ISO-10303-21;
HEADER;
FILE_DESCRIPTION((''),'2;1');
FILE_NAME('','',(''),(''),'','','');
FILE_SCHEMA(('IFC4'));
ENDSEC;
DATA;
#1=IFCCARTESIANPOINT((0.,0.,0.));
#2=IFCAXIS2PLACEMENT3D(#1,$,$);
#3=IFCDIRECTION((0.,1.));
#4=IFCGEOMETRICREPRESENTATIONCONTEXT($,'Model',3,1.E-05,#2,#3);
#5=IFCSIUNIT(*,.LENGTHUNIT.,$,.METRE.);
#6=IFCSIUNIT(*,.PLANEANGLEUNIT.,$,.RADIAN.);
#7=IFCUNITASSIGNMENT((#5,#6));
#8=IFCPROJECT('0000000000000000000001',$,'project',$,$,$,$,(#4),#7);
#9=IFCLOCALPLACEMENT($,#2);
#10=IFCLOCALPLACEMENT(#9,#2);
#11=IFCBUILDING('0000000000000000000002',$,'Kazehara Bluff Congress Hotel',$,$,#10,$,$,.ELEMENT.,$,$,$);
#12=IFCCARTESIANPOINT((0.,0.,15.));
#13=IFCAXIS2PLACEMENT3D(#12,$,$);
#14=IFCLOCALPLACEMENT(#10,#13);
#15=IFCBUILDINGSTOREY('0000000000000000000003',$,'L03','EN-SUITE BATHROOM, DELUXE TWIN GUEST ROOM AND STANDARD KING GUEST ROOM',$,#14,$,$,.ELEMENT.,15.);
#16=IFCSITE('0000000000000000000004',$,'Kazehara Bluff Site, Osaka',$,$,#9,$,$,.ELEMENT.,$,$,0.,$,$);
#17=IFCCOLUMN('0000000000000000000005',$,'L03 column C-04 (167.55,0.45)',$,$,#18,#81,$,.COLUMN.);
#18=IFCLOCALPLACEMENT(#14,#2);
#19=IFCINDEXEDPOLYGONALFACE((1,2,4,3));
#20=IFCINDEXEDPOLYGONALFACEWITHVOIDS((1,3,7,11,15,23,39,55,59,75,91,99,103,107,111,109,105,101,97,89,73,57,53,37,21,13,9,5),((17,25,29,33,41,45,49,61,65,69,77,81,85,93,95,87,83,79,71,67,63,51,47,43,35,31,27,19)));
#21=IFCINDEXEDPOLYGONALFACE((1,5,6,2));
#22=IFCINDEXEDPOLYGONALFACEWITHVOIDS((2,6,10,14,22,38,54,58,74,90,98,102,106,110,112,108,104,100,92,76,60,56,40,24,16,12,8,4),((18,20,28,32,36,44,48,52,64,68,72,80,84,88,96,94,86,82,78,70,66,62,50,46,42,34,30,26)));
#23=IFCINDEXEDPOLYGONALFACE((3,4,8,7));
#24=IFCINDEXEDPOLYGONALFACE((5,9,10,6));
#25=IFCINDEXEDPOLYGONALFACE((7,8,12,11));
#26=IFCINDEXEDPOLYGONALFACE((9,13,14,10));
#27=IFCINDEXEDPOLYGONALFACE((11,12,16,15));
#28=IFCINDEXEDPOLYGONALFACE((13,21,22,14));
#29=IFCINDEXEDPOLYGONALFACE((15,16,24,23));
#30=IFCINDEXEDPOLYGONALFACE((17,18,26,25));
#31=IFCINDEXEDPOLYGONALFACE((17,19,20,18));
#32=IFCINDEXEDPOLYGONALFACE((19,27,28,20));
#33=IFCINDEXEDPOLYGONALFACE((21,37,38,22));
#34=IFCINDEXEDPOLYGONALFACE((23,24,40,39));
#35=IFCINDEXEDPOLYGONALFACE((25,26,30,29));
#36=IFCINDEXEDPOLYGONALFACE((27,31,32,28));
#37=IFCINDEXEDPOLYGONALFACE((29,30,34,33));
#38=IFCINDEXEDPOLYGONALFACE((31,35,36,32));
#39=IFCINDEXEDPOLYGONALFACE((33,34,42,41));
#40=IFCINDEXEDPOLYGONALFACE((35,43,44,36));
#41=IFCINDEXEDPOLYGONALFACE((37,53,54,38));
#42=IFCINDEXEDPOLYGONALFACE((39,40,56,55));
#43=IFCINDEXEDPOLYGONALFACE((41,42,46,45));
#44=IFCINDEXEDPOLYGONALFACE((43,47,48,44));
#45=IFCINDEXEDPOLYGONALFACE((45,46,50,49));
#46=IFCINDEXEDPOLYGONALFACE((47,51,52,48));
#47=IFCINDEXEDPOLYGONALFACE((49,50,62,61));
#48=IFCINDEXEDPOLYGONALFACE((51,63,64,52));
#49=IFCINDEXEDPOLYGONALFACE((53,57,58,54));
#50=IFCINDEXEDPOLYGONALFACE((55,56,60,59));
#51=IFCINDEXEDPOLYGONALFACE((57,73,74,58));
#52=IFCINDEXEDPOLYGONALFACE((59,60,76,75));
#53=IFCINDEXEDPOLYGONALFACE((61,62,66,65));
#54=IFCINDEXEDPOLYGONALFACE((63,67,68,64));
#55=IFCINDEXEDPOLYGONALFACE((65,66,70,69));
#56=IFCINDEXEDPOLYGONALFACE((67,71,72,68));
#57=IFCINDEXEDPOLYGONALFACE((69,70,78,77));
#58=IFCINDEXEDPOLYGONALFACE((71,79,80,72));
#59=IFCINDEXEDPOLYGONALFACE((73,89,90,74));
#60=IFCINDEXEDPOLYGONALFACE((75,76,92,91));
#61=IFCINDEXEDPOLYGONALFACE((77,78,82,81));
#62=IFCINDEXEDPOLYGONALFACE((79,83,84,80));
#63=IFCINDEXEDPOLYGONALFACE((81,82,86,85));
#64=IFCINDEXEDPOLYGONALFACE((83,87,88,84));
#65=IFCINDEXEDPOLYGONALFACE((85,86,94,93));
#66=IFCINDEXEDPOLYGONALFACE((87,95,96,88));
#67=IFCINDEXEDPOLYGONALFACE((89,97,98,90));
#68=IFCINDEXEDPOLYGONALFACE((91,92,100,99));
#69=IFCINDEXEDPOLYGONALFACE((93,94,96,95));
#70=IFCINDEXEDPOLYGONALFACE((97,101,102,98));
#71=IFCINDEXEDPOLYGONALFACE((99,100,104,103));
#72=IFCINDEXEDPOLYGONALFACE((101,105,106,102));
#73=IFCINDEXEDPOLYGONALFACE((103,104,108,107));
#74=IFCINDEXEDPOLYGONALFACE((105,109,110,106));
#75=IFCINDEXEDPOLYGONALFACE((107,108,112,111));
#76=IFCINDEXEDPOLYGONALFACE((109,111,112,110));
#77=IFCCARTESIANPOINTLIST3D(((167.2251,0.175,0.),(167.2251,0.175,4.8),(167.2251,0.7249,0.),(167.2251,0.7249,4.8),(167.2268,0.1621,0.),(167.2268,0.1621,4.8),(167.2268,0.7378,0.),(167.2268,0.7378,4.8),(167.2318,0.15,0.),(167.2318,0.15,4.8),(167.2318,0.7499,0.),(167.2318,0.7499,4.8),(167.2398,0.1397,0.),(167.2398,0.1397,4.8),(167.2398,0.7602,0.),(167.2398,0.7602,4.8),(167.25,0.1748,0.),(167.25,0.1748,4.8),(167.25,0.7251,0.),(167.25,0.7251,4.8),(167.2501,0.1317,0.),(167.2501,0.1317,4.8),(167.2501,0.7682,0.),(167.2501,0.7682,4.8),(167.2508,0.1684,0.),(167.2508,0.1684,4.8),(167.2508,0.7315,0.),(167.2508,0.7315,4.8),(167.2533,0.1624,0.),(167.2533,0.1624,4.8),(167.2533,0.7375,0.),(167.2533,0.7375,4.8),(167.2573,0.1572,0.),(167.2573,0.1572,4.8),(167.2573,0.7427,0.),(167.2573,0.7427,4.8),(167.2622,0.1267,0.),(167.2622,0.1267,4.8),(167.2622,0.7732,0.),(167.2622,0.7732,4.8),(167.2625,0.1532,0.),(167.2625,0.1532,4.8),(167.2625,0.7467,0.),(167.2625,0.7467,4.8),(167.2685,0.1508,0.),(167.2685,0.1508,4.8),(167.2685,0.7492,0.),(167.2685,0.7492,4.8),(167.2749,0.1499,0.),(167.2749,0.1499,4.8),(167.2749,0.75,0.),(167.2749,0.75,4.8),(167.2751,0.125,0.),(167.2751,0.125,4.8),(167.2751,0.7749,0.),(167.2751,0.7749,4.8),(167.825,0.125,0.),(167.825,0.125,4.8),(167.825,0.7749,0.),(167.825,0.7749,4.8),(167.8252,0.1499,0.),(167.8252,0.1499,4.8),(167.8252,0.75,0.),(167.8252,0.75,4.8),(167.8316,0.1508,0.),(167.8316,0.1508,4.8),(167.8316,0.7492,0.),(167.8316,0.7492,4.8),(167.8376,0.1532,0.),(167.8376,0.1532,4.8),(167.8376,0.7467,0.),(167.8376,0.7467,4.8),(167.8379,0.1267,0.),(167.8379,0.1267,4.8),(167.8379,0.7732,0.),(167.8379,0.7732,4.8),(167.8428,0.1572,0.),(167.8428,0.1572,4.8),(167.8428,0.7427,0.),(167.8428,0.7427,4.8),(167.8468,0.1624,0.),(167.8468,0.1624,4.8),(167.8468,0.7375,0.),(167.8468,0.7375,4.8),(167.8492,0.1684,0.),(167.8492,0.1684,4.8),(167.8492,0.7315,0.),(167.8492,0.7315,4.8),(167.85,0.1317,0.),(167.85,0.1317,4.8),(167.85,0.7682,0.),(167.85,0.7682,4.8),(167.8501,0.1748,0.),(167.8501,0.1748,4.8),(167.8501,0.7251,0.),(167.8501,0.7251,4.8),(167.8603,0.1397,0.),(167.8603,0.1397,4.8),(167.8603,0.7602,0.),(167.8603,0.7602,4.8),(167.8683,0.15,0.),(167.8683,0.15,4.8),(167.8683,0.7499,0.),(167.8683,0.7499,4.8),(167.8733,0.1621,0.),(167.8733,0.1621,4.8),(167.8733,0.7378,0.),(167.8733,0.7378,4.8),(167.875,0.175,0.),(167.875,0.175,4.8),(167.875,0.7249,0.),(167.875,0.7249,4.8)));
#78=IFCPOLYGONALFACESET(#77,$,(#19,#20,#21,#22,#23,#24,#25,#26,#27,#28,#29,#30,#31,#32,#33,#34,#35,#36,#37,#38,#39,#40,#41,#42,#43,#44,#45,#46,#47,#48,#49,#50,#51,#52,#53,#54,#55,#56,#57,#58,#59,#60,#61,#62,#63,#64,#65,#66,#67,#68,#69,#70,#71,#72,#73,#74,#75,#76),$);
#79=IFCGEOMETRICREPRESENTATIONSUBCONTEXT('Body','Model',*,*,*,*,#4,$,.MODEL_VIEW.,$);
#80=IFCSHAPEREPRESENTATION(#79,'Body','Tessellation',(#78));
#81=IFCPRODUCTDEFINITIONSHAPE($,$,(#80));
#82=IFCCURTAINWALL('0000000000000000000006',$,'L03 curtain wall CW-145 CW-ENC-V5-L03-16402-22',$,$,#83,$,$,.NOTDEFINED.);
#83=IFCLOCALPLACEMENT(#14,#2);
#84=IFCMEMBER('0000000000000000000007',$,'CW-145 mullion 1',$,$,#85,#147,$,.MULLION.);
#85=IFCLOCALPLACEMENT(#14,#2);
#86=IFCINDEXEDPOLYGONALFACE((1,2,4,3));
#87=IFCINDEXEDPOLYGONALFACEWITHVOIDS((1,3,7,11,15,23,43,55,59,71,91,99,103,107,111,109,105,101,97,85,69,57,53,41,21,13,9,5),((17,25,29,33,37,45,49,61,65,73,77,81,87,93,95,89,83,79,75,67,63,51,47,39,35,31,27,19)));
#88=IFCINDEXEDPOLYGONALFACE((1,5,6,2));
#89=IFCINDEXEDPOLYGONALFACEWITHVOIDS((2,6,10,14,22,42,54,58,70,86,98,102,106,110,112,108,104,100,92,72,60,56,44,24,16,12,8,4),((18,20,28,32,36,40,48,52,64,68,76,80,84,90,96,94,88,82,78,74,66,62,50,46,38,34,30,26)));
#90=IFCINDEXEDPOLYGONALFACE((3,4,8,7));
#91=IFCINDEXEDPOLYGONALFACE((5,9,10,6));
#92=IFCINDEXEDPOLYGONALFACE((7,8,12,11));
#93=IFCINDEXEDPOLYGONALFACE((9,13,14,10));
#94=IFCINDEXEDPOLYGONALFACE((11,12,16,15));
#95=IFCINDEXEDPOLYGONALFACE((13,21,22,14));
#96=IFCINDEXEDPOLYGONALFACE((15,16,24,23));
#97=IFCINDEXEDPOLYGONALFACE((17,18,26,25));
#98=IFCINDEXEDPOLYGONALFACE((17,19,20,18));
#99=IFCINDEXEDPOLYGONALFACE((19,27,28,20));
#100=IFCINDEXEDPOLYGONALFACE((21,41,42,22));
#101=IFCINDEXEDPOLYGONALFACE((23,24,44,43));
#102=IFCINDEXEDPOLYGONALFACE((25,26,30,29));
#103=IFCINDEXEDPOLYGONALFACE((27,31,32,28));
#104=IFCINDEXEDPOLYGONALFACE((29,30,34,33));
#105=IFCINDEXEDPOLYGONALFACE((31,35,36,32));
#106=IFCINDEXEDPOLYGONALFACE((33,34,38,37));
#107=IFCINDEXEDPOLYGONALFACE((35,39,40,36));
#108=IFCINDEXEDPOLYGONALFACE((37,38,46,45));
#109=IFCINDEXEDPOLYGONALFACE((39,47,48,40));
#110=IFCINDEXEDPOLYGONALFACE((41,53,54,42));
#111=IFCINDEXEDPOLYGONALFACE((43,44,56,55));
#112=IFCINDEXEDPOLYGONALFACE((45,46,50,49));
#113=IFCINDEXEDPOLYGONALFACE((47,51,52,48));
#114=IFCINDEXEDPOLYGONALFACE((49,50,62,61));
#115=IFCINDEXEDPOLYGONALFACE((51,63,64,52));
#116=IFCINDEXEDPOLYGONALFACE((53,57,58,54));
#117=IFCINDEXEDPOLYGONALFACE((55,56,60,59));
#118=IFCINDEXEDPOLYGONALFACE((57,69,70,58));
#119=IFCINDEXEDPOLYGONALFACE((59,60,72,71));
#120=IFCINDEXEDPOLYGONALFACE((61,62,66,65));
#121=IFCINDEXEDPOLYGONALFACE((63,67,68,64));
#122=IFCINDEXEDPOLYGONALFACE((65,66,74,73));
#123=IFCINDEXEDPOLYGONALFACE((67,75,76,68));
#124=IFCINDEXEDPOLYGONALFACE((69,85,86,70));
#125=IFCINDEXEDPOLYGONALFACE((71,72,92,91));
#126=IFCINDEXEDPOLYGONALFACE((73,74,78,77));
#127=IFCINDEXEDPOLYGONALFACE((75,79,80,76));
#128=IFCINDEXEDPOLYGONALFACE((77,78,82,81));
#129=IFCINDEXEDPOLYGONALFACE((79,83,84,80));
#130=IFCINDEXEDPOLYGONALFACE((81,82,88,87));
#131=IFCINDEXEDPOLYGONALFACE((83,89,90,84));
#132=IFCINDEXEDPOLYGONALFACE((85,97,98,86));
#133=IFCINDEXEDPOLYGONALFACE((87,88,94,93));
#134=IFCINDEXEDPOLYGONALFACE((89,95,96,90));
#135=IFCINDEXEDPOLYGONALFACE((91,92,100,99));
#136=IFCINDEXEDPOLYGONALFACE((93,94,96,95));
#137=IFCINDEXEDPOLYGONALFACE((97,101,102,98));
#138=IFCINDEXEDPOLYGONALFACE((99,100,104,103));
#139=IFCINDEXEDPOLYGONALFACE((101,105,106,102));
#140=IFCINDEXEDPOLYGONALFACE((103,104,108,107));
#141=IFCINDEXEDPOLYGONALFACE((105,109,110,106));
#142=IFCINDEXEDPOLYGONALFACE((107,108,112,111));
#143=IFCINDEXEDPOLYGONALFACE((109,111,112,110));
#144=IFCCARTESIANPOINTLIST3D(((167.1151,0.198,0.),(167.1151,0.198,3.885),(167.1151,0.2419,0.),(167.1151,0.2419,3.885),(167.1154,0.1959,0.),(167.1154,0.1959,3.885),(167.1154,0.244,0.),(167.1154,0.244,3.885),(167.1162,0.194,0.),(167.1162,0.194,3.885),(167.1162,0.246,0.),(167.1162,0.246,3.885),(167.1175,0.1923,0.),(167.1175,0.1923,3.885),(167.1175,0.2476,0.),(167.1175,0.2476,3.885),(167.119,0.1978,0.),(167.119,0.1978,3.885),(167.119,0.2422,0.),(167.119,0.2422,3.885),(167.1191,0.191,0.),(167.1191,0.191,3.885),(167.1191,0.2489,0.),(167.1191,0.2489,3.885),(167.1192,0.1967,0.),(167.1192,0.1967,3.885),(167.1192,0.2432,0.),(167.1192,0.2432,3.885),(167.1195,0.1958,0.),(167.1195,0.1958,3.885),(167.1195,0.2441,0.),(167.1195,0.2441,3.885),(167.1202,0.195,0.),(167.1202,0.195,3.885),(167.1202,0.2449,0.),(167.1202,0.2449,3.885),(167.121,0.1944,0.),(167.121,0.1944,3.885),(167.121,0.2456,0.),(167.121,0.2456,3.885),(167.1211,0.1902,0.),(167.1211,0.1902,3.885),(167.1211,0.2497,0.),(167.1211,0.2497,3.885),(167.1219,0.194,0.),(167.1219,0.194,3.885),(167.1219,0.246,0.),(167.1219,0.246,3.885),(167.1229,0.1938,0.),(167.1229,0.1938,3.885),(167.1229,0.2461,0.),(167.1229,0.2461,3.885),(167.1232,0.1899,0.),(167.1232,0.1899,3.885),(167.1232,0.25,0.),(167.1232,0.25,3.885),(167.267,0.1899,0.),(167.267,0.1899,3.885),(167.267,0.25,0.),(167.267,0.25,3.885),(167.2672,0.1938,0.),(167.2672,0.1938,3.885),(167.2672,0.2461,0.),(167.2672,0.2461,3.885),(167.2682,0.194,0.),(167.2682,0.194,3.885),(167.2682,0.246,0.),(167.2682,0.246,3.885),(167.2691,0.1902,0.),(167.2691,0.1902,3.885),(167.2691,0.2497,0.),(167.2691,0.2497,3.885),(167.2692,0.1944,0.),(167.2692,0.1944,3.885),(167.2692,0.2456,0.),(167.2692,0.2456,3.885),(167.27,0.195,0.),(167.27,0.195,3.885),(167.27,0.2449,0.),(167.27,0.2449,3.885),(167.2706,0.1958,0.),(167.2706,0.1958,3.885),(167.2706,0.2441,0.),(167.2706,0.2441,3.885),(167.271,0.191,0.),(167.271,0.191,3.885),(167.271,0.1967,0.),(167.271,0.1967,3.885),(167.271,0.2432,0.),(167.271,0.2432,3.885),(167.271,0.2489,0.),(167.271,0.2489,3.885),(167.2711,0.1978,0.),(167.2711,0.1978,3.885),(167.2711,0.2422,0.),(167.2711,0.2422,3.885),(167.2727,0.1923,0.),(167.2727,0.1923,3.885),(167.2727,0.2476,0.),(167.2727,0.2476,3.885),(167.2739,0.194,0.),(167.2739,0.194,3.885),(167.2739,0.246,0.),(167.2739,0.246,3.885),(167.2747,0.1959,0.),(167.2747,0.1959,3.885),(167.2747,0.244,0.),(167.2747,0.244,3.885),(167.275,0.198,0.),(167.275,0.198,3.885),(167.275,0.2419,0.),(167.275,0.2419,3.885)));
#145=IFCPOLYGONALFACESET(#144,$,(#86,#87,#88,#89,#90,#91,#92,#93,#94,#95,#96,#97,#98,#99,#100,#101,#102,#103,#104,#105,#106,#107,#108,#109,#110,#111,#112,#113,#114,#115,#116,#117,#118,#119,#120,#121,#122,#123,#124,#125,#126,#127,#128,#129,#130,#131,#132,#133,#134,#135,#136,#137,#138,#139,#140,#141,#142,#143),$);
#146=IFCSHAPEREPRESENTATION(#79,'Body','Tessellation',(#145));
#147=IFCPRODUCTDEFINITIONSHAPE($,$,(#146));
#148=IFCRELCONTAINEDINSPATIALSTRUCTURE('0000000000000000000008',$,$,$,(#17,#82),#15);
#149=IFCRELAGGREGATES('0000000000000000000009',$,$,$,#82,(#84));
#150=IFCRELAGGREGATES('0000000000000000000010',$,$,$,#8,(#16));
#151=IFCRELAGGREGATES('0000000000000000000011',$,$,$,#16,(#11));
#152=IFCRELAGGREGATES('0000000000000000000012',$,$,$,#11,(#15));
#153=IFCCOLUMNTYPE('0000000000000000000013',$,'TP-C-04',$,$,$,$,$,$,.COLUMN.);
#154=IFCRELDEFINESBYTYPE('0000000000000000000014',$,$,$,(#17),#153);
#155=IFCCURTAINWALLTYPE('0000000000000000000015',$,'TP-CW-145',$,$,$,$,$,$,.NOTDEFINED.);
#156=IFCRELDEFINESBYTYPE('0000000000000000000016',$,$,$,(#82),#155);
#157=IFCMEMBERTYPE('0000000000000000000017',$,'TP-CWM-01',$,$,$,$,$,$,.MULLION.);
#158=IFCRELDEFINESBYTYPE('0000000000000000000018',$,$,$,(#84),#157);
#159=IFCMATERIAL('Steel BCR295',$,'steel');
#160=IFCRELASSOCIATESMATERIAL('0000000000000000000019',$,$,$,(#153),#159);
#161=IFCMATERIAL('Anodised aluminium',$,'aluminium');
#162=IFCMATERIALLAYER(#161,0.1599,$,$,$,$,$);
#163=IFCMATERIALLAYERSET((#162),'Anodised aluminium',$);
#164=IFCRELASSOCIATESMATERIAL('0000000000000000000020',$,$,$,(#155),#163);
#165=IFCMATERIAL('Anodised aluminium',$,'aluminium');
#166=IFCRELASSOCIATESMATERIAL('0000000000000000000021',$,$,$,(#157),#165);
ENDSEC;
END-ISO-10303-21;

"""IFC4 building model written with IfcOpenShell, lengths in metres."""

from ifc_helpers import new_model, si_unit, direction, frame, origin, origin_2d, place, context, subcontext, project, spatial, hollow_rectangle, extrude, material, layer, layer_set, material_profile, profile_set, type_object, element, aggregate, save


model = new_model("IFC4")

# Units and contexts
model_context = context("Model", 3, precision=1e-05, world=origin(), true_north=direction((0.0, 1.0)))
body_context = subcontext(model_context, "Body", "Model", "MODEL_VIEW")
ifc_project = project(units=[si_unit("LENGTHUNIT", "METRE"), si_unit("PLANEANGLEUNIT", "RADIAN")], contexts=[model_context])

# Site, building, storey
site_placement = place(None, origin())
site = spatial("IfcSite", under=ifc_project, at=site_placement, Name="Kazehara Bluff Site, Osaka", CompositionType="ELEMENT", RefElevation=0.0)
building_placement = place(site_placement, origin())
building = spatial("IfcBuilding", under=site, at=building_placement, Name="Kazehara Bluff Congress Hotel", CompositionType="ELEMENT")
storey_placement = place(building_placement, frame((0.0, 0.0, 15.0)))
storey = spatial("IfcBuildingStorey", under=building, at=storey_placement, Name="L03", Description="EN-SUITE BATHROOM, DELUXE TWIN GUEST ROOM AND STANDARD KING GUEST ROOM", CompositionType="ELEMENT", Elevation=15.0)

# Column
ifc_material_1 = material(Name="Steel BCR295", Category="steel")
ifc_material_profile_1 = material_profile(ifc_material_1, hollow_rectangle(XDim=0.6499, YDim=0.6499, WallThickness=0.0249, InnerFilletRadius=0.0249, OuterFilletRadius=0.05, at=origin_2d()))
ifc_profile_set_1 = profile_set([ifc_material_profile_1], Name="Steel BCR295")
column_type = type_object("IfcColumnType", Name="TP-C-04", PredefinedType="COLUMN", material=ifc_profile_set_1)
column_placement = place(storey_placement, frame((167.55, 0.45, 0.0), z_axis=(0.0, 0.0, 1.0), x_axis=(1.0, 0.0, 0.0)))
element("IfcColumn", 1, at=column_placement, inside=storey, type_object=column_type, Name="L03 column C-04 (167.55,0.45)", PredefinedType="COLUMN", context=body_context, shape_type="SweptSolid", body=[
    extrude(hollow_rectangle(XDim=0.6499, YDim=0.6499, WallThickness=0.0249, InnerFilletRadius=0.0249, OuterFilletRadius=0.05, at=origin_2d()), origin(), (0.0, 0.0, 1.0), 4.8),
])

# Curtain wall, member
ifc_material_2 = material(Name="Anodised aluminium", Category="aluminium")
ifc_layer_1 = layer(ifc_material_2, 0.1599)
ifc_layer_set_1 = layer_set([ifc_layer_1], Name="Anodised aluminium")
curtain_wall_type_1 = type_object("IfcCurtainWallType", Name="TP-CW-145", PredefinedType="NOTDEFINED", material=ifc_layer_set_1)
curtain_wall_1_placement = place(storey_placement, origin())
curtain_wall_1 = element("IfcCurtainWall", 2, at=curtain_wall_1_placement, inside=storey, type_object=curtain_wall_type_1, Name="L03 curtain wall CW-145 CW-ENC-V5-L03-16402-22", PredefinedType="NOTDEFINED")
ifc_material_3 = material(Name="Anodised aluminium", Category="aluminium")
ifc_material_profile_2 = material_profile(ifc_material_3, hollow_rectangle(XDim=0.0601, YDim=0.1599, WallThickness=0.0039, InnerFilletRadius=0.0039, OuterFilletRadius=0.0081, at=origin_2d()))
ifc_profile_set_2 = profile_set([ifc_material_profile_2], Name="Anodised aluminium")
member_type_1 = type_object("IfcMemberType", Name="TP-CWM-01", PredefinedType="MULLION", material=ifc_profile_set_2)
member_1_placement = place(storey_placement, frame((167.1951, 0.22, 0.0), z_axis=(0.0, 0.0, 1.0), x_axis=(0.0, -1.0, 0.0)))
member_1 = element("IfcMember", 3, at=member_1_placement, type_object=member_type_1, Name="CW-145 mullion 1", PredefinedType="MULLION", context=body_context, shape_type="SweptSolid", body=[
    extrude(hollow_rectangle(XDim=0.0601, YDim=0.1599, WallThickness=0.0039, InnerFilletRadius=0.0039, OuterFilletRadius=0.0081, at=origin_2d()), origin(), (0.0, 0.0, 1.0), 3.885),
])

aggregate(curtain_wall_1, [member_1])

save(model, "model.ifc")
